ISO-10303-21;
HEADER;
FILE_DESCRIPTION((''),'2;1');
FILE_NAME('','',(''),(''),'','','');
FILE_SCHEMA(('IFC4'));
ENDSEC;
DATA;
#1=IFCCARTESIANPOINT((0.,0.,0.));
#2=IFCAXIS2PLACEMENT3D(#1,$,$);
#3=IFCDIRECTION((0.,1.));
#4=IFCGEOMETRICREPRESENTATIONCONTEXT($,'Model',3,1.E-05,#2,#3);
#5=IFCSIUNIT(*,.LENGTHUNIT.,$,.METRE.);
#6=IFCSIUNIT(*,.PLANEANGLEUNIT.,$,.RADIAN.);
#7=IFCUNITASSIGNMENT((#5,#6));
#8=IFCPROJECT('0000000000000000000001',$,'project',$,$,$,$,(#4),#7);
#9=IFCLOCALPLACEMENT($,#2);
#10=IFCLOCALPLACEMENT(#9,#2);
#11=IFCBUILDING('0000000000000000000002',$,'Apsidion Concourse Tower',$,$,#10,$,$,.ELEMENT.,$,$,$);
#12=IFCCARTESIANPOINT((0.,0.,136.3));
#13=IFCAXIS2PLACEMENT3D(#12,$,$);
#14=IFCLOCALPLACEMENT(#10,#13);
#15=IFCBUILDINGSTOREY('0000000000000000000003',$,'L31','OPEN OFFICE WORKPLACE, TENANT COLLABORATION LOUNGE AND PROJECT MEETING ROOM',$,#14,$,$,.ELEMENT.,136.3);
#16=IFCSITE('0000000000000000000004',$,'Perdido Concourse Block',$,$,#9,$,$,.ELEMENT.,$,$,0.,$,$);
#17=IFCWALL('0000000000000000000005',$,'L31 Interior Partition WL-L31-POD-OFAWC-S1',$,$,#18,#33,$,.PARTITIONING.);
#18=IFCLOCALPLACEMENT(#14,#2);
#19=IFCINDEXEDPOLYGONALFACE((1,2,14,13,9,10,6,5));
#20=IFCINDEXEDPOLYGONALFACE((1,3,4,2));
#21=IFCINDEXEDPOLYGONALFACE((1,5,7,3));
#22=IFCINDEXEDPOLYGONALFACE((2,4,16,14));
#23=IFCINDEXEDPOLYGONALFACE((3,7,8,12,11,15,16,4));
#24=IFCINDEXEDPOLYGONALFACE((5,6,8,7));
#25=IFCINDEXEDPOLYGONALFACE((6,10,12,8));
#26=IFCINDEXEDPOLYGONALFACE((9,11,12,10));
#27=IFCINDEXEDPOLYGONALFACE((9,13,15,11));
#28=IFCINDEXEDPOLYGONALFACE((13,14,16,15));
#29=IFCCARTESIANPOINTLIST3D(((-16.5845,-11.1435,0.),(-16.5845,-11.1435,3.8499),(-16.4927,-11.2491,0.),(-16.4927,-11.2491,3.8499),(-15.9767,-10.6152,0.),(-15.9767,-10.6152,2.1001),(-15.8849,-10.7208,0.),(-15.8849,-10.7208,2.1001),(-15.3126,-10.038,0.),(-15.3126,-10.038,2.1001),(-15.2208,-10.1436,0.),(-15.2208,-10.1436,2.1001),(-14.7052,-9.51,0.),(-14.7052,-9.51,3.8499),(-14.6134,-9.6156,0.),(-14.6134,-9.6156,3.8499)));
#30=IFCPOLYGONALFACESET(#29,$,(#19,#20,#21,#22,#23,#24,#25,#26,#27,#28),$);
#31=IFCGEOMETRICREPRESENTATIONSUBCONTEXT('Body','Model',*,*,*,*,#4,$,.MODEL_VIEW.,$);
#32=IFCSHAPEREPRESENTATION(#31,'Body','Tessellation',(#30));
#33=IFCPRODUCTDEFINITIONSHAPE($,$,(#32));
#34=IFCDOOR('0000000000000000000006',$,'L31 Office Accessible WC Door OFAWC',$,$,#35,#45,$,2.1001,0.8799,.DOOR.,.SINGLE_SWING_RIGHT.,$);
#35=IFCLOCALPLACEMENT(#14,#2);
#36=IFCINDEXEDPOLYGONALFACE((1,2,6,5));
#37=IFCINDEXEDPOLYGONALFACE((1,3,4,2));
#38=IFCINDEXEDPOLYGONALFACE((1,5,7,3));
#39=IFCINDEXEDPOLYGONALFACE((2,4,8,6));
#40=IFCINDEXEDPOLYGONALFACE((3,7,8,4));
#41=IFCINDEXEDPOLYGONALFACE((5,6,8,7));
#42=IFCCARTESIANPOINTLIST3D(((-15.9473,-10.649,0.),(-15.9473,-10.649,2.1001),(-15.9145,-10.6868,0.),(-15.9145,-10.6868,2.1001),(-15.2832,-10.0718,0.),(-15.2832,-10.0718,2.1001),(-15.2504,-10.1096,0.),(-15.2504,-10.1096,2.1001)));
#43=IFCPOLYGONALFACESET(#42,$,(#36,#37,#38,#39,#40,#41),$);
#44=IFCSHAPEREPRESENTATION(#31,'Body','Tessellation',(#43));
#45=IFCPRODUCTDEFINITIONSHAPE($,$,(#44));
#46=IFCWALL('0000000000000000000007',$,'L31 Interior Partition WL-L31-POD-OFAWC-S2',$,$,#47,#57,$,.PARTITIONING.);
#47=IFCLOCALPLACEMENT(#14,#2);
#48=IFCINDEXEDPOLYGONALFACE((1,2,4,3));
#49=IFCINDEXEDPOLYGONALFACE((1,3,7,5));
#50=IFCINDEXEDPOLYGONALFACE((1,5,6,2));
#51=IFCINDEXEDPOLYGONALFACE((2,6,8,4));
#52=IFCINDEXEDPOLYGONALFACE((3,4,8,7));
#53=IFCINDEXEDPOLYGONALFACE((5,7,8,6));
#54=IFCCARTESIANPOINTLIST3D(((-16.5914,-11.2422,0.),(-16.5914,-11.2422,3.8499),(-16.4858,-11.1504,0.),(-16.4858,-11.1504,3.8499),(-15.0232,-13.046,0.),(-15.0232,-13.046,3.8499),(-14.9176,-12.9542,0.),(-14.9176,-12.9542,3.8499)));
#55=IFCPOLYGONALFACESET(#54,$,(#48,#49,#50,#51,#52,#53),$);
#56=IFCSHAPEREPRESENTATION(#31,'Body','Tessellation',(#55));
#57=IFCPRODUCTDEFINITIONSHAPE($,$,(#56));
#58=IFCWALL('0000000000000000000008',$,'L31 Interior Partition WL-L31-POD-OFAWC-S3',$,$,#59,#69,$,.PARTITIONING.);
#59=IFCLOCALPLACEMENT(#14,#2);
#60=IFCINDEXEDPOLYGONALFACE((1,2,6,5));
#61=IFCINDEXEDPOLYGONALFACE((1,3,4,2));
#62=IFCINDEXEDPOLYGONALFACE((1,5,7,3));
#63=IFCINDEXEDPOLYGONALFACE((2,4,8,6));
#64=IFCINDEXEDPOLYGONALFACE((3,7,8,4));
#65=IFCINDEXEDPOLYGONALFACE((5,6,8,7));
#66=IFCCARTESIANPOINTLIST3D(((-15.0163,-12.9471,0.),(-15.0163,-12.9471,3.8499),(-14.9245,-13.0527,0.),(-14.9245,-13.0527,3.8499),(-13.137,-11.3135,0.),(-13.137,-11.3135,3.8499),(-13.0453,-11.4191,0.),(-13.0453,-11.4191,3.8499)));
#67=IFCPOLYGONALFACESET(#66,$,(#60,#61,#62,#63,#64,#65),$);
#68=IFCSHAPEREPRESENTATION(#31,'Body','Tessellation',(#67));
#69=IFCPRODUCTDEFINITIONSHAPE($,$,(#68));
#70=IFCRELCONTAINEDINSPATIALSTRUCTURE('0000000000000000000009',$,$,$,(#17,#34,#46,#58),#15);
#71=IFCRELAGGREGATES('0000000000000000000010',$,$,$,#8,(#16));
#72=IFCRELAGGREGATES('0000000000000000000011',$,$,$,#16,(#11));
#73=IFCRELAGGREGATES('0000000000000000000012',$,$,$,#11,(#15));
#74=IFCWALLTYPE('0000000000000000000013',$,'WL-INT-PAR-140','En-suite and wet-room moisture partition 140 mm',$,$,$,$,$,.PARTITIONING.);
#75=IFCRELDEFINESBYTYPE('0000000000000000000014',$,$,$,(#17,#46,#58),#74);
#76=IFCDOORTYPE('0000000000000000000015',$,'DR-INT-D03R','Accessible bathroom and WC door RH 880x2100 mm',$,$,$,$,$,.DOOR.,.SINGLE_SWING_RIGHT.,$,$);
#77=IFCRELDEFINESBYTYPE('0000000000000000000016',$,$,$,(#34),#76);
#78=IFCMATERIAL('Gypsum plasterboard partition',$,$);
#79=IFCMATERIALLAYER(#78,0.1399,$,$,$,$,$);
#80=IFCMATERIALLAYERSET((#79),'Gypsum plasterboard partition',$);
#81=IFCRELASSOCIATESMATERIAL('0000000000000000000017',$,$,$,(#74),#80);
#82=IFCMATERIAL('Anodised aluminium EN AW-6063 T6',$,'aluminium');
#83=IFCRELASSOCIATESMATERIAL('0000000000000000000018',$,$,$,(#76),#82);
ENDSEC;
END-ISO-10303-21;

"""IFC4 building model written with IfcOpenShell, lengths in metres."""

from ifc_helpers import new_model, si_unit, direction, frame, frame_2d, origin, place, context, subcontext, project, spatial, rectangle, extrude, material, layer, layer_set, type_object, element, fill, save


model = new_model("IFC4")

# Units and contexts
model_context = context("Model", 3, precision=1e-05, world=origin(), true_north=direction((0.0, 1.0)))
body_context = subcontext(model_context, "Body", "Model", "MODEL_VIEW")
ifc_project = project(units=[si_unit("LENGTHUNIT", "METRE"), si_unit("PLANEANGLEUNIT", "RADIAN")], contexts=[model_context])

# Site, building, storey
site_placement = place(None, origin())
site = spatial("IfcSite", under=ifc_project, at=site_placement, Name="Perdido Concourse Block", CompositionType="ELEMENT", RefElevation=0.0)
building_placement = place(site_placement, origin())
building = spatial("IfcBuilding", under=site, at=building_placement, Name="Apsidion Concourse Tower", CompositionType="ELEMENT")
storey_placement = place(building_placement, frame((0.0, 0.0, 136.3)))
storey = spatial("IfcBuildingStorey", under=building, at=storey_placement, Name="L31", Description="OPEN OFFICE WORKPLACE, TENANT COLLABORATION LOUNGE AND PROJECT MEETING ROOM", CompositionType="ELEMENT", Elevation=136.3)

# Wall, opening, door
ifc_material_1 = material(Name="Gypsum plasterboard partition")
ifc_layer_1 = layer(ifc_material_1, 0.1399)
ifc_layer_set_1 = layer_set([ifc_layer_1], Name="Gypsum plasterboard partition")
wall_type_1 = type_object("IfcWallType", Name="WL-INT-PAR-140", Description="En-suite and wet-room moisture partition 140 mm", PredefinedType="PARTITIONING", material=ifc_layer_set_1)
wall_1_placement = place(storey_placement, frame((-14.6592, -9.5627, 0.0), z_axis=(0.0, 0.0, 1.0), x_axis=(-0.754747, -0.656016, 0.0)))
wall_1 = element("IfcWall", 1, at=wall_1_placement, inside=storey, type_object=wall_type_1, Name="L31 Interior Partition WL-L31-POD-OFAWC-S1", PredefinedType="PARTITIONING", context=body_context, shape_type="SweptSolid", body=[
    extrude(rectangle(XDim=2.49, YDim=0.1399, at=frame_2d((1.2451, 0.0))), origin(), (0.0, 0.0, 1.0), 3.8499),
])
opening_1_placement = place(wall_1_placement, frame((0.8049, 0.0, 0.0)))
opening_1 = element("IfcOpeningElement", 2, at=opening_1_placement, cuts=wall_1, PredefinedType="OPENING", context=body_context, shape_type="SweptSolid", body=[
    extrude(rectangle(XDim=0.8799, YDim=2.1001, at=frame_2d((0.4399, 1.05))), frame((0.0, 0.0801, 0.0), z_axis=(0.0, -1.0, 0.0), x_axis=(1.0, 0.0, 0.0)), (0.0, 0.0, 1.0), 0.1599),
])
ifc_material_2 = material(Name="Anodised aluminium EN AW-6063 T6", Category="aluminium")
door_type = type_object("IfcDoorType", Name="DR-INT-D03R", Description="Accessible bathroom and WC door RH 880x2100 mm", OperationType="SINGLE_SWING_RIGHT", PredefinedType="DOOR", material=ifc_material_2)
door_placement = place(opening_1_placement, origin())
door = element("IfcDoor", 3, at=door_placement, inside=storey, type_object=door_type, Name="L31 Office Accessible WC Door OFAWC", OperationType="SINGLE_SWING_RIGHT", OverallHeight=2.1001, OverallWidth=0.8799, PredefinedType="DOOR", context=body_context, shape_type="SweptSolid", body=[
    extrude(rectangle(XDim=0.8799, YDim=2.1001, at=frame_2d((0.4399, 1.05))), frame((0.0, 0.0249, 0.0), z_axis=(0.0, -1.0, 0.0), x_axis=(1.0, 0.0, 0.0)), (0.0, 0.0, 1.0), 0.05),
])
fill(opening_1, door)

# Walls
wall_2_placement = place(storey_placement, frame((-16.5386, -11.1963, 0.0), z_axis=(0.0, 0.0, 1.0), x_axis=(0.6561, -0.754674, 0.0)))
element("IfcWall", 4, at=wall_2_placement, inside=storey, type_object=wall_type_1, Name="L31 Interior Partition WL-L31-POD-OFAWC-S2", PredefinedType="PARTITIONING", context=body_context, shape_type="SweptSolid", body=[
    extrude(rectangle(XDim=2.3901, YDim=0.1399, at=frame_2d((1.1951, 0.0))), origin(), (0.0, 0.0, 1.0), 3.8499),
])
wall_3_placement = place(storey_placement, frame((-14.9705, -13.0, 0.0), z_axis=(0.0, 0.0, 1.0), x_axis=(0.754705, 0.656065, 0.0)))
element("IfcWall", 5, at=wall_3_placement, inside=storey, type_object=wall_type_1, Name="L31 Interior Partition WL-L31-POD-OFAWC-S3", PredefinedType="PARTITIONING", context=body_context, shape_type="SweptSolid", body=[
    extrude(rectangle(XDim=2.49, YDim=0.1399, at=frame_2d((1.2451, 0.0))), origin(), (0.0, 0.0, 1.0), 3.8499),
])

save(model, "model.ifc")
